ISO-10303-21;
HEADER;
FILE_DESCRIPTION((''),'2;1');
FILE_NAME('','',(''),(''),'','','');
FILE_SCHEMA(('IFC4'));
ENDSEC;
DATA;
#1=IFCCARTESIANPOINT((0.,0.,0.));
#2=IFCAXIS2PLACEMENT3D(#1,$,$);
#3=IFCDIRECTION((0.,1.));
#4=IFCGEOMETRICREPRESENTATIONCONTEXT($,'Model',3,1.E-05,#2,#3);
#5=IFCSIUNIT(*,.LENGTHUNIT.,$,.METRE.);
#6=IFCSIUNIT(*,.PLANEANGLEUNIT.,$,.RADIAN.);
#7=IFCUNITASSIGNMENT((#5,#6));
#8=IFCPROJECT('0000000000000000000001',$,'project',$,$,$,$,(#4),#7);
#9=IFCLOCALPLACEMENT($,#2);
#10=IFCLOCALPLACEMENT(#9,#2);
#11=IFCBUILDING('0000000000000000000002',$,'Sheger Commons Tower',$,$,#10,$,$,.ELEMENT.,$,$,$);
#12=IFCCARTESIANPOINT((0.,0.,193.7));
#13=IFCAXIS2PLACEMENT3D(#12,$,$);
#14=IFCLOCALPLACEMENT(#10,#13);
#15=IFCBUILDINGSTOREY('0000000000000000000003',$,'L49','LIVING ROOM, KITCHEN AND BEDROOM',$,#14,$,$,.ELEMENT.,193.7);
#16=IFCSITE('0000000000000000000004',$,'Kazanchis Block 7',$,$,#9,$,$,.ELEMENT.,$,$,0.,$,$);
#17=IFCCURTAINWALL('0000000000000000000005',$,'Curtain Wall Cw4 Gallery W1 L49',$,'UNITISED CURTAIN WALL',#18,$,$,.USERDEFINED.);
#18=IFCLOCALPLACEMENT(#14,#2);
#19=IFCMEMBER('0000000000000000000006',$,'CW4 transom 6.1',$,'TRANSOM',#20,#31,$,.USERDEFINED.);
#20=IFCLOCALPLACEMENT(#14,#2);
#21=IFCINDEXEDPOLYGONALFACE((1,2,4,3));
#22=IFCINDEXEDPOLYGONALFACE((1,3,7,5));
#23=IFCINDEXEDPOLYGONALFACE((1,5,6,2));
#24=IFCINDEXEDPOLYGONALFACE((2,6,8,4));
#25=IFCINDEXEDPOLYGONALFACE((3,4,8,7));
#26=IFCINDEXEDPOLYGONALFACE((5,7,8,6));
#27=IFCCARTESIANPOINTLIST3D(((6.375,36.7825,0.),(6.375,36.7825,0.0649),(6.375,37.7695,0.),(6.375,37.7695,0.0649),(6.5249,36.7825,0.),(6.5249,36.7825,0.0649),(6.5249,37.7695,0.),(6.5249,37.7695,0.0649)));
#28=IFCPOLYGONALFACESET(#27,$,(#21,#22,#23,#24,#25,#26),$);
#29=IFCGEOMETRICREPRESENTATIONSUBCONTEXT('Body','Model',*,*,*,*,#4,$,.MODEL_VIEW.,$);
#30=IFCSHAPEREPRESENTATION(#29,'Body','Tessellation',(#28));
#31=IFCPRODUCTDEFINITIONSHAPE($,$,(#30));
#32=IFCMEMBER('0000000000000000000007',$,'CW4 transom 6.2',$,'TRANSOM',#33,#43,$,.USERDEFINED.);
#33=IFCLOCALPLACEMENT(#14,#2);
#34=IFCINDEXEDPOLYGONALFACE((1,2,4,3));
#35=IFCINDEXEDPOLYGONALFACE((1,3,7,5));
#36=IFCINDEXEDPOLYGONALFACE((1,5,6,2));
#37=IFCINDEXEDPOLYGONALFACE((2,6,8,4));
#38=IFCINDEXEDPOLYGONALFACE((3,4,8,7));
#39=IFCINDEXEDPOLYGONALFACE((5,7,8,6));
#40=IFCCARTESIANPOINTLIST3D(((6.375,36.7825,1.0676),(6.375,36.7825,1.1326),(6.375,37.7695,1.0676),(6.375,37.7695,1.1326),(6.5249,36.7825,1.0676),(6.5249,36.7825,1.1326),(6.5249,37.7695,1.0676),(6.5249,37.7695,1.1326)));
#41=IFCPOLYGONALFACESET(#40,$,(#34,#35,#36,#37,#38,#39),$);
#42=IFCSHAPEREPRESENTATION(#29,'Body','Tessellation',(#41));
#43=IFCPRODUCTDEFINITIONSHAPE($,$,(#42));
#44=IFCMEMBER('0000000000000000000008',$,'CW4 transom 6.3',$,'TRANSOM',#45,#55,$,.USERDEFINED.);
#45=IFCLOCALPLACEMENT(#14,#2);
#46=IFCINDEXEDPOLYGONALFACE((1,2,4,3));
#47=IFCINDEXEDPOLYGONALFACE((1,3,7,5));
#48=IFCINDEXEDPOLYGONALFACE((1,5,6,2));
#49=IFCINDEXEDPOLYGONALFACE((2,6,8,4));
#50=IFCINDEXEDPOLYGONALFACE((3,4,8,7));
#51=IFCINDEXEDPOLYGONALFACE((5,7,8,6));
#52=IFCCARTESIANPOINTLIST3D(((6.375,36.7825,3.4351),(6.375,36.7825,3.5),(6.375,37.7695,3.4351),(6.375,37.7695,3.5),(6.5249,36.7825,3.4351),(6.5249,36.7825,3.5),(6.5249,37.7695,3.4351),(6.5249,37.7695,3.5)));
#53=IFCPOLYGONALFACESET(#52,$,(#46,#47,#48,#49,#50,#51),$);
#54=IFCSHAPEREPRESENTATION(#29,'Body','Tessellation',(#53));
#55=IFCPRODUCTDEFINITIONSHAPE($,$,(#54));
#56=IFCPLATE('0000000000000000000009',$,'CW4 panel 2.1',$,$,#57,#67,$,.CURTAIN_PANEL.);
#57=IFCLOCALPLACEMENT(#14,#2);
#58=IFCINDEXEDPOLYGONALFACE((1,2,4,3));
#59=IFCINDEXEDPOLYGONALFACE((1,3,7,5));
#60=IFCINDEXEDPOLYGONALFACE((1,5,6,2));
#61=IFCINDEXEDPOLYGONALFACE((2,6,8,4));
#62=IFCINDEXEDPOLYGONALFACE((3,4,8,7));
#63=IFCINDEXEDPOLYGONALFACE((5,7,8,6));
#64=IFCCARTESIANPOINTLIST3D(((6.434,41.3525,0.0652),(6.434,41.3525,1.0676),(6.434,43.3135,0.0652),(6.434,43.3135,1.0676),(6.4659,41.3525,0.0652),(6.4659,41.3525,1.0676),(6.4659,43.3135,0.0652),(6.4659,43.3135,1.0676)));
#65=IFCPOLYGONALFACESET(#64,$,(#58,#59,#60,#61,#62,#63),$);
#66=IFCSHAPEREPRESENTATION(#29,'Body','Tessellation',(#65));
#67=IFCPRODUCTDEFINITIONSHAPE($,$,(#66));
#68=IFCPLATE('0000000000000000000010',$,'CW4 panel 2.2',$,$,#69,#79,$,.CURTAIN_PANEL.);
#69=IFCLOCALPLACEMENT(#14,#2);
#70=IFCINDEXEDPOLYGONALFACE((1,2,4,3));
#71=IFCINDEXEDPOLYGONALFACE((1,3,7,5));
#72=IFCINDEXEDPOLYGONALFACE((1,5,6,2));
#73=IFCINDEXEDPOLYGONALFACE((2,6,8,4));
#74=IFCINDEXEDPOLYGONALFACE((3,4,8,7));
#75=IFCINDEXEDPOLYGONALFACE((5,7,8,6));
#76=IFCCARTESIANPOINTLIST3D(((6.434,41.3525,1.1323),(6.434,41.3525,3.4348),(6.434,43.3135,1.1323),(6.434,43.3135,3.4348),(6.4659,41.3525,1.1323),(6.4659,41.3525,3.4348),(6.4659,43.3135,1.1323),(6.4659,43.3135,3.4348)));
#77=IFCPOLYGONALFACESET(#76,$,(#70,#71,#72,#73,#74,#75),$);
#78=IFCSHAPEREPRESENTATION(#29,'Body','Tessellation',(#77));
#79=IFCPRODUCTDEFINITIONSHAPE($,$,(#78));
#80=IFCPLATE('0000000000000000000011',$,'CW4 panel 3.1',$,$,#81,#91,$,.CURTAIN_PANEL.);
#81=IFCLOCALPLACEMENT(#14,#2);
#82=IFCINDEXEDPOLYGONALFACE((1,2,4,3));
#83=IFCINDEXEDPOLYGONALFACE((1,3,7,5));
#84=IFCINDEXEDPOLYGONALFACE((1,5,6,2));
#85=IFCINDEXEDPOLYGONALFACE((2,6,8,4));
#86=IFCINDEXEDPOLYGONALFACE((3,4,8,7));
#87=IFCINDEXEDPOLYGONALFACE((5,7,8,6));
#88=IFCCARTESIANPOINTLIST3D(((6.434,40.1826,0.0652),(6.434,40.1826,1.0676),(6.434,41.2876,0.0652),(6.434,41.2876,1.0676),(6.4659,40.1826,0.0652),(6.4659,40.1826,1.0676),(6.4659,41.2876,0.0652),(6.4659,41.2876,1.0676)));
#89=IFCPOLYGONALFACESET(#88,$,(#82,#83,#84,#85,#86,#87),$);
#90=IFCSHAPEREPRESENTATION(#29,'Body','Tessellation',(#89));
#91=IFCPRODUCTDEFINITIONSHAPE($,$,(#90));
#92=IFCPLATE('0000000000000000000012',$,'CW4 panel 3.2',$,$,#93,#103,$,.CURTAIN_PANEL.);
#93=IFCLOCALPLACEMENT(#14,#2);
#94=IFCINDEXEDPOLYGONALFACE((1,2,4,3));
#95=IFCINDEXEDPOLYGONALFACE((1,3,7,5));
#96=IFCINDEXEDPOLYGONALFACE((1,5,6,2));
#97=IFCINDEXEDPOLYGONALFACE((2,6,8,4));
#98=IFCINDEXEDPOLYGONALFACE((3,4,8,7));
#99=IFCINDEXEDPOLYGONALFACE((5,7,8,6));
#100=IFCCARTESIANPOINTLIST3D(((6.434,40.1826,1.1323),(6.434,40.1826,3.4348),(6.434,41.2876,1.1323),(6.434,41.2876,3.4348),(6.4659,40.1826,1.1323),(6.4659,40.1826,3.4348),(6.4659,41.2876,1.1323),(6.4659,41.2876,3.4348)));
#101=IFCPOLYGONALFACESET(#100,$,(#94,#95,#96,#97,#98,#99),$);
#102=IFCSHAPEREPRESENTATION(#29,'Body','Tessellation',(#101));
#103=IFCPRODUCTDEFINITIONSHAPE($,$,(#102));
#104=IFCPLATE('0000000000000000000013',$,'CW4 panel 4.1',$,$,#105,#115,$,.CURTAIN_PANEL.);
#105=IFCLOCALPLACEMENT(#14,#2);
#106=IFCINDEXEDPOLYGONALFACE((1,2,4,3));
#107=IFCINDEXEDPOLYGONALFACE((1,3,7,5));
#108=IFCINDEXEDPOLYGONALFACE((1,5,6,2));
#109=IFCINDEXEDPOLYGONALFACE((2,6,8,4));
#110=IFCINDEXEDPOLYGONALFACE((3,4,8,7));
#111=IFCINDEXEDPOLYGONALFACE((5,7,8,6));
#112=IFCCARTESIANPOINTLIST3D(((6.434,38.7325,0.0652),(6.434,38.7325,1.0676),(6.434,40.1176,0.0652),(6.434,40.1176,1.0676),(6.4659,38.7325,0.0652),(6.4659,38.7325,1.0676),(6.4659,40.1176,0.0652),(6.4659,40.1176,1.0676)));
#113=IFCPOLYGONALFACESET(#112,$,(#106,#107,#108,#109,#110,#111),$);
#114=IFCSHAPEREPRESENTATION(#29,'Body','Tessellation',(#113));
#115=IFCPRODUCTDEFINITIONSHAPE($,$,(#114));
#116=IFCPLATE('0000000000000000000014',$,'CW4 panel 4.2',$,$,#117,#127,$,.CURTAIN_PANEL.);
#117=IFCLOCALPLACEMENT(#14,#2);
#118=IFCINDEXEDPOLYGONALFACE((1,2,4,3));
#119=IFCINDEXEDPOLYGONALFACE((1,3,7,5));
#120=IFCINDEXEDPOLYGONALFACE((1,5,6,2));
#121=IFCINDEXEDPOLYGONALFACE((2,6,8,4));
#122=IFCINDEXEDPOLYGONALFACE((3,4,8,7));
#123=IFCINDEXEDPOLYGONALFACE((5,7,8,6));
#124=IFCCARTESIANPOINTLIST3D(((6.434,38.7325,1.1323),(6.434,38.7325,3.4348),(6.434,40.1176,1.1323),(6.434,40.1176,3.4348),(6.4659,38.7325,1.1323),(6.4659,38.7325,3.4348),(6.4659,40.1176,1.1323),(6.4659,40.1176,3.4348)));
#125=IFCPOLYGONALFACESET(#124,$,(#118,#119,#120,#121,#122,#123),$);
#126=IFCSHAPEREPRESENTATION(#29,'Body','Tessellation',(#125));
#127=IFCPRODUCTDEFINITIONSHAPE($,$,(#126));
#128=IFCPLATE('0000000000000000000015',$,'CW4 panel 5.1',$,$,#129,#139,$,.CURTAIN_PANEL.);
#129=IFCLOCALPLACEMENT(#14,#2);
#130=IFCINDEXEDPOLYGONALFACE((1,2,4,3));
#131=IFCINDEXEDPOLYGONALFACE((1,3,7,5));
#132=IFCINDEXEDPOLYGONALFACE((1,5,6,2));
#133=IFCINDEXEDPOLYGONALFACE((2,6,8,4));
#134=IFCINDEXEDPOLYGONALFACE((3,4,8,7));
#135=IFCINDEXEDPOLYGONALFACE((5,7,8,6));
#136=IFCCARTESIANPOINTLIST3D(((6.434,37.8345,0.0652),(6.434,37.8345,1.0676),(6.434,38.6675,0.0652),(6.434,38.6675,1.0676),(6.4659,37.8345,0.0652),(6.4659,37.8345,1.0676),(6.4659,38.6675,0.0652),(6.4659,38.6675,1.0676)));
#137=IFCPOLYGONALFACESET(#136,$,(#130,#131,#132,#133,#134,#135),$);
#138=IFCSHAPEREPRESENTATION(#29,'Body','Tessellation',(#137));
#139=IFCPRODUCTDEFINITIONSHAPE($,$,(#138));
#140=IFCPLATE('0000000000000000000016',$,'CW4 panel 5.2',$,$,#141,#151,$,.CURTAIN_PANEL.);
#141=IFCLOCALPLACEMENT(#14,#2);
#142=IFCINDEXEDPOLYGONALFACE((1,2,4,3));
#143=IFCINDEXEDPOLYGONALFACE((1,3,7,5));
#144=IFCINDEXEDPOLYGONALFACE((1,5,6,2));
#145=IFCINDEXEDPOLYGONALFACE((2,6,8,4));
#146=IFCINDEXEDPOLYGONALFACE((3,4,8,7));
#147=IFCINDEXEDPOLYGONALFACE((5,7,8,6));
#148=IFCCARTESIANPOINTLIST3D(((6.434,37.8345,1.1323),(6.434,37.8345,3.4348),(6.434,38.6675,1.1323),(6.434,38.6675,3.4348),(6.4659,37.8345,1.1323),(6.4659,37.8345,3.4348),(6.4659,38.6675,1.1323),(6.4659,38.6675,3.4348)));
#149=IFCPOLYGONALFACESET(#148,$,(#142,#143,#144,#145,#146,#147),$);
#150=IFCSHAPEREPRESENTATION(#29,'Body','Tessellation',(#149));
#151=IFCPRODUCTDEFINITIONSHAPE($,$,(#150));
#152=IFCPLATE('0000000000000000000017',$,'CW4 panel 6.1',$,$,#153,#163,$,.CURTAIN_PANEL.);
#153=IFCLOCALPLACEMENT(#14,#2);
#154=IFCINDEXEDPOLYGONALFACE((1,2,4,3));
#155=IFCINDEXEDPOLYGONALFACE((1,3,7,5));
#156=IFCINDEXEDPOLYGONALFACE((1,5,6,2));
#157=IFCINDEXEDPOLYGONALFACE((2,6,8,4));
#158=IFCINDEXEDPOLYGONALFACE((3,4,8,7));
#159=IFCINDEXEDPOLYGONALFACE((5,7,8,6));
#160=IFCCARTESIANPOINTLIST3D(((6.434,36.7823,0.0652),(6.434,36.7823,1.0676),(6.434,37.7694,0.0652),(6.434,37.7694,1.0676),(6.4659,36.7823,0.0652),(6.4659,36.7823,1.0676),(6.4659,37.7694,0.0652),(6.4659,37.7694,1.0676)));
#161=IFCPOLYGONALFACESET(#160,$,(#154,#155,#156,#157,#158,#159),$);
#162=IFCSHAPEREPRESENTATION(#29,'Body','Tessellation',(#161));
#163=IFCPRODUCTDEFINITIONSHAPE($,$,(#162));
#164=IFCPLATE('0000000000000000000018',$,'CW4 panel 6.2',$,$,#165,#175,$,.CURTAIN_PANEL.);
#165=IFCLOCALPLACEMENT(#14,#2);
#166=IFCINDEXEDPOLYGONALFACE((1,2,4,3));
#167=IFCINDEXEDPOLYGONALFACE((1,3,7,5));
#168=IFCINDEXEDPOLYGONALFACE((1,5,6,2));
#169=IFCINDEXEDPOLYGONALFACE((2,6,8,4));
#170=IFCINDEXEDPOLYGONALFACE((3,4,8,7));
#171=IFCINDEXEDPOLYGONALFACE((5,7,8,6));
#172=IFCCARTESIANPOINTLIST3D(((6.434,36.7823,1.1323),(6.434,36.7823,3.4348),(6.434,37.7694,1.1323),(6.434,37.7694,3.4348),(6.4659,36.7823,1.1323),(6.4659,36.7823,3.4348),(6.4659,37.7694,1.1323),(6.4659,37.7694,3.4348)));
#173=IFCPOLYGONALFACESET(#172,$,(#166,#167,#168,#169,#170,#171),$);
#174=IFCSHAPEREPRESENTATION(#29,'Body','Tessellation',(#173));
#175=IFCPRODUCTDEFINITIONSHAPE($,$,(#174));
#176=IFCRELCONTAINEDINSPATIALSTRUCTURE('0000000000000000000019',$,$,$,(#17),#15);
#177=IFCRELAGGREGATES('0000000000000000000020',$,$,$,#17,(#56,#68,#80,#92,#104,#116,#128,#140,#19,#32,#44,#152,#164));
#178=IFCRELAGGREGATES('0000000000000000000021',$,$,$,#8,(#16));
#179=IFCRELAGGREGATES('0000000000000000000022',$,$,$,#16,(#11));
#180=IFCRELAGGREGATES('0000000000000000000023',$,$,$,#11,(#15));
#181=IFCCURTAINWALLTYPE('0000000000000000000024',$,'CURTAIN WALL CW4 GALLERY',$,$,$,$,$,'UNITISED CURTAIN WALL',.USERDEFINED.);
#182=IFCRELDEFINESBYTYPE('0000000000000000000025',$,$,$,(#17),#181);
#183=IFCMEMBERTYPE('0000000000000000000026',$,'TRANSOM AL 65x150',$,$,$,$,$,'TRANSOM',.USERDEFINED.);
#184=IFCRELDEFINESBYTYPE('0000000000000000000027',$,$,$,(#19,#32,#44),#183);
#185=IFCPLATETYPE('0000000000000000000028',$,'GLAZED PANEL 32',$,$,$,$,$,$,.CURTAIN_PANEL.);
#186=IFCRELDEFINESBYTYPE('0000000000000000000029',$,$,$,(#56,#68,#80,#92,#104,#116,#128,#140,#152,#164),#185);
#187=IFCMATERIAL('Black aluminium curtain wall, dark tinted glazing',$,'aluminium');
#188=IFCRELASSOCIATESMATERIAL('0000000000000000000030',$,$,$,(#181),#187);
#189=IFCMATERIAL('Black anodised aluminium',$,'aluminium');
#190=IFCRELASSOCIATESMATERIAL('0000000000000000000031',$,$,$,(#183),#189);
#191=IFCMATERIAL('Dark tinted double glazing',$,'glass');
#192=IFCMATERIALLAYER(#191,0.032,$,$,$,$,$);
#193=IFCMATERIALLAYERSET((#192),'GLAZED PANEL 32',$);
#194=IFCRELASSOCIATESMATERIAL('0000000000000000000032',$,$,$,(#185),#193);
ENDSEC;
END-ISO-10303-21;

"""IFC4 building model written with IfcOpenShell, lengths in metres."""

from ifc_helpers import new_model, si_unit, direction, frame, origin, origin_2d, place, context, subcontext, project, spatial, rectangle, extrude, material, layer, layer_set, material_profile, profile_set, type_object, element, aggregate, save


model = new_model("IFC4")

# Units and contexts
model_context = context("Model", 3, precision=1e-05, world=origin(), true_north=direction((0.0, 1.0)))
body_context = subcontext(model_context, "Body", "Model", "MODEL_VIEW")
ifc_project = project(units=[si_unit("LENGTHUNIT", "METRE"), si_unit("PLANEANGLEUNIT", "RADIAN")], contexts=[model_context])

# Site, building, storey
site_placement = place(None, origin())
site = spatial("IfcSite", under=ifc_project, at=site_placement, Name="Kazanchis Block 7", CompositionType="ELEMENT", RefElevation=0.0)
building_placement = place(site_placement, origin())
building = spatial("IfcBuilding", under=site, at=building_placement, Name="Sheger Commons Tower", CompositionType="ELEMENT")
storey_placement = place(building_placement, frame((0.0, 0.0, 193.7)))
storey = spatial("IfcBuildingStorey", under=building, at=storey_placement, Name="L49", Description="LIVING ROOM, KITCHEN AND BEDROOM", CompositionType="ELEMENT", Elevation=193.7)

# Curtain wall, members, plates
ifc_material_1 = material(Name="Black aluminium curtain wall, dark tinted glazing", Category="aluminium")
curtain_wall_type = type_object("IfcCurtainWallType", Name="CURTAIN WALL CW4 GALLERY", ElementType="UNITISED CURTAIN WALL", PredefinedType="USERDEFINED", material=ifc_material_1)
curtain_wall_placement = place(storey_placement, origin())
curtain_wall = element("IfcCurtainWall", 1, at=curtain_wall_placement, inside=storey, type_object=curtain_wall_type, Name="Curtain Wall Cw4 Gallery W1 L49", ObjectType="UNITISED CURTAIN WALL", PredefinedType="USERDEFINED")
ifc_material_2 = material(Name="Black anodised aluminium", Category="aluminium")
ifc_material_profile_1 = material_profile(ifc_material_2, rectangle(XDim=0.1499, YDim=0.0649, at=origin_2d()), Name="AL 65x150")
ifc_profile_set_1 = profile_set([ifc_material_profile_1], Name="Black anodised aluminium")
member_type_1 = type_object("IfcMemberType", Name="TRANSOM AL 65x150", ElementType="TRANSOM", PredefinedType="USERDEFINED", material=ifc_profile_set_1)
member_1_placement = place(storey_placement, frame((6.45, 37.7695, 0.0325), z_axis=(0.0, -1.0, 0.0), x_axis=(1.0, 0.0, 0.0)))
member_1 = element("IfcMember", 2, at=member_1_placement, type_object=member_type_1, Name="CW4 transom 6.1", ObjectType="TRANSOM", PredefinedType="USERDEFINED", context=body_context, shape_type="SweptSolid", body=[
    extrude(rectangle(XDim=0.1499, YDim=0.0649, at=origin_2d()), origin(), (0.0, 0.0, 1.0), 0.9871),
])
member_2_placement = place(storey_placement, frame((6.45, 37.7695, 1.1001), z_axis=(0.0, -1.0, 0.0), x_axis=(1.0, 0.0, 0.0)))
member_2 = element("IfcMember", 3, at=member_2_placement, type_object=member_type_1, Name="CW4 transom 6.2", ObjectType="TRANSOM", PredefinedType="USERDEFINED", context=body_context, shape_type="SweptSolid", body=[
    extrude(rectangle(XDim=0.1499, YDim=0.0649, at=origin_2d()), origin(), (0.0, 0.0, 1.0), 0.9871),
])
member_3_placement = place(storey_placement, frame((6.45, 37.7695, 3.4675), z_axis=(0.0, -1.0, 0.0), x_axis=(1.0, 0.0, 0.0)))
member_3 = element("IfcMember", 4, at=member_3_placement, type_object=member_type_1, Name="CW4 transom 6.3", ObjectType="TRANSOM", PredefinedType="USERDEFINED", context=body_context, shape_type="SweptSolid", body=[
    extrude(rectangle(XDim=0.1499, YDim=0.0649, at=origin_2d()), origin(), (0.0, 0.0, 1.0), 0.9871),
])
ifc_material_3 = material(Name="Dark tinted double glazing", Category="glass")
ifc_layer = layer(ifc_material_3, 0.032)
ifc_layer_set = layer_set([ifc_layer], Name="GLAZED PANEL 32")
plate_type = type_object("IfcPlateType", Name="GLAZED PANEL 32", PredefinedType="CURTAIN_PANEL", material=ifc_layer_set)
plate_1_placement = place(storey_placement, frame((6.45, 42.333, 0.0652), z_axis=(0.0, 0.0, 1.0), x_axis=(0.0, -1.0, 0.0)))
plate_1 = element("IfcPlate", 5, at=plate_1_placement, type_object=plate_type, Name="CW4 panel 2.1", PredefinedType="CURTAIN_PANEL", context=body_context, shape_type="SweptSolid", body=[
    extrude(rectangle(XDim=1.9609, YDim=0.032, at=origin_2d()), origin(), (0.0, 0.0, 1.0), 1.0024),
])
plate_2_placement = place(storey_placement, frame((6.45, 42.333, 1.1323), z_axis=(0.0, 0.0, 1.0), x_axis=(0.0, -1.0, 0.0)))
plate_2 = element("IfcPlate", 6, at=plate_2_placement, type_object=plate_type, Name="CW4 panel 2.2", PredefinedType="CURTAIN_PANEL", context=body_context, shape_type="SweptSolid", body=[
    extrude(rectangle(XDim=1.9609, YDim=0.032, at=origin_2d()), origin(), (0.0, 0.0, 1.0), 2.3025),
])
plate_3_placement = place(storey_placement, frame((6.45, 40.7351, 0.0652), z_axis=(0.0, 0.0, 1.0), x_axis=(0.0, -1.0, 0.0)))
plate_3 = element("IfcPlate", 7, at=plate_3_placement, type_object=plate_type, Name="CW4 panel 3.1", PredefinedType="CURTAIN_PANEL", context=body_context, shape_type="SweptSolid", body=[
    extrude(rectangle(XDim=1.105, YDim=0.032, at=origin_2d()), origin(), (0.0, 0.0, 1.0), 1.0024),
])
plate_4_placement = place(storey_placement, frame((6.45, 40.7351, 1.1323), z_axis=(0.0, 0.0, 1.0), x_axis=(0.0, -1.0, 0.0)))
plate_4 = element("IfcPlate", 8, at=plate_4_placement, type_object=plate_type, Name="CW4 panel 3.2", PredefinedType="CURTAIN_PANEL", context=body_context, shape_type="SweptSolid", body=[
    extrude(rectangle(XDim=1.105, YDim=0.032, at=origin_2d()), origin(), (0.0, 0.0, 1.0), 2.3025),
])
plate_5_placement = place(storey_placement, frame((6.45, 39.425, 0.0652), z_axis=(0.0, 0.0, 1.0), x_axis=(0.0, -1.0, 0.0)))
plate_5 = element("IfcPlate", 9, at=plate_5_placement, type_object=plate_type, Name="CW4 panel 4.1", PredefinedType="CURTAIN_PANEL", context=body_context, shape_type="SweptSolid", body=[
    extrude(rectangle(XDim=1.385, YDim=0.032, at=origin_2d()), origin(), (0.0, 0.0, 1.0), 1.0024),
])
plate_6_placement = place(storey_placement, frame((6.45, 39.425, 1.1323), z_axis=(0.0, 0.0, 1.0), x_axis=(0.0, -1.0, 0.0)))
plate_6 = element("IfcPlate", 10, at=plate_6_placement, type_object=plate_type, Name="CW4 panel 4.2", PredefinedType="CURTAIN_PANEL", context=body_context, shape_type="SweptSolid", body=[
    extrude(rectangle(XDim=1.385, YDim=0.032, at=origin_2d()), origin(), (0.0, 0.0, 1.0), 2.3025),
])
plate_7_placement = place(storey_placement, frame((6.45, 38.251, 0.0652), z_axis=(0.0, 0.0, 1.0), x_axis=(0.0, -1.0, 0.0)))
plate_7 = element("IfcPlate", 11, at=plate_7_placement, type_object=plate_type, Name="CW4 panel 5.1", PredefinedType="CURTAIN_PANEL", context=body_context, shape_type="SweptSolid", body=[
    extrude(rectangle(XDim=0.833, YDim=0.032, at=origin_2d()), origin(), (0.0, 0.0, 1.0), 1.0024),
])
plate_8_placement = place(storey_placement, frame((6.45, 38.251, 1.1323), z_axis=(0.0, 0.0, 1.0), x_axis=(0.0, -1.0, 0.0)))
plate_8 = element("IfcPlate", 12, at=plate_8_placement, type_object=plate_type, Name="CW4 panel 5.2", PredefinedType="CURTAIN_PANEL", context=body_context, shape_type="SweptSolid", body=[
    extrude(rectangle(XDim=0.833, YDim=0.032, at=origin_2d()), origin(), (0.0, 0.0, 1.0), 2.3025),
])
plate_9_placement = place(storey_placement, frame((6.45, 37.2759, 0.0652), z_axis=(0.0, 0.0, 1.0), x_axis=(0.0, -1.0, 0.0)))
plate_9 = element("IfcPlate", 13, at=plate_9_placement, type_object=plate_type, Name="CW4 panel 6.1", PredefinedType="CURTAIN_PANEL", context=body_context, shape_type="SweptSolid", body=[
    extrude(rectangle(XDim=0.9871, YDim=0.032, at=origin_2d()), origin(), (0.0, 0.0, 1.0), 1.0024),
])
plate_10_placement = place(storey_placement, frame((6.45, 37.2759, 1.1323), z_axis=(0.0, 0.0, 1.0), x_axis=(0.0, -1.0, 0.0)))
plate_10 = element("IfcPlate", 14, at=plate_10_placement, type_object=plate_type, Name="CW4 panel 6.2", PredefinedType="CURTAIN_PANEL", context=body_context, shape_type="SweptSolid", body=[
    extrude(rectangle(XDim=0.9871, YDim=0.032, at=origin_2d()), origin(), (0.0, 0.0, 1.0), 2.3025),
])
aggregate(curtain_wall, [plate_1, plate_2, plate_3, plate_4, plate_5, plate_6, plate_7, plate_8, member_1, member_2, member_3, plate_9, plate_10])

save(model, "model.ifc")
